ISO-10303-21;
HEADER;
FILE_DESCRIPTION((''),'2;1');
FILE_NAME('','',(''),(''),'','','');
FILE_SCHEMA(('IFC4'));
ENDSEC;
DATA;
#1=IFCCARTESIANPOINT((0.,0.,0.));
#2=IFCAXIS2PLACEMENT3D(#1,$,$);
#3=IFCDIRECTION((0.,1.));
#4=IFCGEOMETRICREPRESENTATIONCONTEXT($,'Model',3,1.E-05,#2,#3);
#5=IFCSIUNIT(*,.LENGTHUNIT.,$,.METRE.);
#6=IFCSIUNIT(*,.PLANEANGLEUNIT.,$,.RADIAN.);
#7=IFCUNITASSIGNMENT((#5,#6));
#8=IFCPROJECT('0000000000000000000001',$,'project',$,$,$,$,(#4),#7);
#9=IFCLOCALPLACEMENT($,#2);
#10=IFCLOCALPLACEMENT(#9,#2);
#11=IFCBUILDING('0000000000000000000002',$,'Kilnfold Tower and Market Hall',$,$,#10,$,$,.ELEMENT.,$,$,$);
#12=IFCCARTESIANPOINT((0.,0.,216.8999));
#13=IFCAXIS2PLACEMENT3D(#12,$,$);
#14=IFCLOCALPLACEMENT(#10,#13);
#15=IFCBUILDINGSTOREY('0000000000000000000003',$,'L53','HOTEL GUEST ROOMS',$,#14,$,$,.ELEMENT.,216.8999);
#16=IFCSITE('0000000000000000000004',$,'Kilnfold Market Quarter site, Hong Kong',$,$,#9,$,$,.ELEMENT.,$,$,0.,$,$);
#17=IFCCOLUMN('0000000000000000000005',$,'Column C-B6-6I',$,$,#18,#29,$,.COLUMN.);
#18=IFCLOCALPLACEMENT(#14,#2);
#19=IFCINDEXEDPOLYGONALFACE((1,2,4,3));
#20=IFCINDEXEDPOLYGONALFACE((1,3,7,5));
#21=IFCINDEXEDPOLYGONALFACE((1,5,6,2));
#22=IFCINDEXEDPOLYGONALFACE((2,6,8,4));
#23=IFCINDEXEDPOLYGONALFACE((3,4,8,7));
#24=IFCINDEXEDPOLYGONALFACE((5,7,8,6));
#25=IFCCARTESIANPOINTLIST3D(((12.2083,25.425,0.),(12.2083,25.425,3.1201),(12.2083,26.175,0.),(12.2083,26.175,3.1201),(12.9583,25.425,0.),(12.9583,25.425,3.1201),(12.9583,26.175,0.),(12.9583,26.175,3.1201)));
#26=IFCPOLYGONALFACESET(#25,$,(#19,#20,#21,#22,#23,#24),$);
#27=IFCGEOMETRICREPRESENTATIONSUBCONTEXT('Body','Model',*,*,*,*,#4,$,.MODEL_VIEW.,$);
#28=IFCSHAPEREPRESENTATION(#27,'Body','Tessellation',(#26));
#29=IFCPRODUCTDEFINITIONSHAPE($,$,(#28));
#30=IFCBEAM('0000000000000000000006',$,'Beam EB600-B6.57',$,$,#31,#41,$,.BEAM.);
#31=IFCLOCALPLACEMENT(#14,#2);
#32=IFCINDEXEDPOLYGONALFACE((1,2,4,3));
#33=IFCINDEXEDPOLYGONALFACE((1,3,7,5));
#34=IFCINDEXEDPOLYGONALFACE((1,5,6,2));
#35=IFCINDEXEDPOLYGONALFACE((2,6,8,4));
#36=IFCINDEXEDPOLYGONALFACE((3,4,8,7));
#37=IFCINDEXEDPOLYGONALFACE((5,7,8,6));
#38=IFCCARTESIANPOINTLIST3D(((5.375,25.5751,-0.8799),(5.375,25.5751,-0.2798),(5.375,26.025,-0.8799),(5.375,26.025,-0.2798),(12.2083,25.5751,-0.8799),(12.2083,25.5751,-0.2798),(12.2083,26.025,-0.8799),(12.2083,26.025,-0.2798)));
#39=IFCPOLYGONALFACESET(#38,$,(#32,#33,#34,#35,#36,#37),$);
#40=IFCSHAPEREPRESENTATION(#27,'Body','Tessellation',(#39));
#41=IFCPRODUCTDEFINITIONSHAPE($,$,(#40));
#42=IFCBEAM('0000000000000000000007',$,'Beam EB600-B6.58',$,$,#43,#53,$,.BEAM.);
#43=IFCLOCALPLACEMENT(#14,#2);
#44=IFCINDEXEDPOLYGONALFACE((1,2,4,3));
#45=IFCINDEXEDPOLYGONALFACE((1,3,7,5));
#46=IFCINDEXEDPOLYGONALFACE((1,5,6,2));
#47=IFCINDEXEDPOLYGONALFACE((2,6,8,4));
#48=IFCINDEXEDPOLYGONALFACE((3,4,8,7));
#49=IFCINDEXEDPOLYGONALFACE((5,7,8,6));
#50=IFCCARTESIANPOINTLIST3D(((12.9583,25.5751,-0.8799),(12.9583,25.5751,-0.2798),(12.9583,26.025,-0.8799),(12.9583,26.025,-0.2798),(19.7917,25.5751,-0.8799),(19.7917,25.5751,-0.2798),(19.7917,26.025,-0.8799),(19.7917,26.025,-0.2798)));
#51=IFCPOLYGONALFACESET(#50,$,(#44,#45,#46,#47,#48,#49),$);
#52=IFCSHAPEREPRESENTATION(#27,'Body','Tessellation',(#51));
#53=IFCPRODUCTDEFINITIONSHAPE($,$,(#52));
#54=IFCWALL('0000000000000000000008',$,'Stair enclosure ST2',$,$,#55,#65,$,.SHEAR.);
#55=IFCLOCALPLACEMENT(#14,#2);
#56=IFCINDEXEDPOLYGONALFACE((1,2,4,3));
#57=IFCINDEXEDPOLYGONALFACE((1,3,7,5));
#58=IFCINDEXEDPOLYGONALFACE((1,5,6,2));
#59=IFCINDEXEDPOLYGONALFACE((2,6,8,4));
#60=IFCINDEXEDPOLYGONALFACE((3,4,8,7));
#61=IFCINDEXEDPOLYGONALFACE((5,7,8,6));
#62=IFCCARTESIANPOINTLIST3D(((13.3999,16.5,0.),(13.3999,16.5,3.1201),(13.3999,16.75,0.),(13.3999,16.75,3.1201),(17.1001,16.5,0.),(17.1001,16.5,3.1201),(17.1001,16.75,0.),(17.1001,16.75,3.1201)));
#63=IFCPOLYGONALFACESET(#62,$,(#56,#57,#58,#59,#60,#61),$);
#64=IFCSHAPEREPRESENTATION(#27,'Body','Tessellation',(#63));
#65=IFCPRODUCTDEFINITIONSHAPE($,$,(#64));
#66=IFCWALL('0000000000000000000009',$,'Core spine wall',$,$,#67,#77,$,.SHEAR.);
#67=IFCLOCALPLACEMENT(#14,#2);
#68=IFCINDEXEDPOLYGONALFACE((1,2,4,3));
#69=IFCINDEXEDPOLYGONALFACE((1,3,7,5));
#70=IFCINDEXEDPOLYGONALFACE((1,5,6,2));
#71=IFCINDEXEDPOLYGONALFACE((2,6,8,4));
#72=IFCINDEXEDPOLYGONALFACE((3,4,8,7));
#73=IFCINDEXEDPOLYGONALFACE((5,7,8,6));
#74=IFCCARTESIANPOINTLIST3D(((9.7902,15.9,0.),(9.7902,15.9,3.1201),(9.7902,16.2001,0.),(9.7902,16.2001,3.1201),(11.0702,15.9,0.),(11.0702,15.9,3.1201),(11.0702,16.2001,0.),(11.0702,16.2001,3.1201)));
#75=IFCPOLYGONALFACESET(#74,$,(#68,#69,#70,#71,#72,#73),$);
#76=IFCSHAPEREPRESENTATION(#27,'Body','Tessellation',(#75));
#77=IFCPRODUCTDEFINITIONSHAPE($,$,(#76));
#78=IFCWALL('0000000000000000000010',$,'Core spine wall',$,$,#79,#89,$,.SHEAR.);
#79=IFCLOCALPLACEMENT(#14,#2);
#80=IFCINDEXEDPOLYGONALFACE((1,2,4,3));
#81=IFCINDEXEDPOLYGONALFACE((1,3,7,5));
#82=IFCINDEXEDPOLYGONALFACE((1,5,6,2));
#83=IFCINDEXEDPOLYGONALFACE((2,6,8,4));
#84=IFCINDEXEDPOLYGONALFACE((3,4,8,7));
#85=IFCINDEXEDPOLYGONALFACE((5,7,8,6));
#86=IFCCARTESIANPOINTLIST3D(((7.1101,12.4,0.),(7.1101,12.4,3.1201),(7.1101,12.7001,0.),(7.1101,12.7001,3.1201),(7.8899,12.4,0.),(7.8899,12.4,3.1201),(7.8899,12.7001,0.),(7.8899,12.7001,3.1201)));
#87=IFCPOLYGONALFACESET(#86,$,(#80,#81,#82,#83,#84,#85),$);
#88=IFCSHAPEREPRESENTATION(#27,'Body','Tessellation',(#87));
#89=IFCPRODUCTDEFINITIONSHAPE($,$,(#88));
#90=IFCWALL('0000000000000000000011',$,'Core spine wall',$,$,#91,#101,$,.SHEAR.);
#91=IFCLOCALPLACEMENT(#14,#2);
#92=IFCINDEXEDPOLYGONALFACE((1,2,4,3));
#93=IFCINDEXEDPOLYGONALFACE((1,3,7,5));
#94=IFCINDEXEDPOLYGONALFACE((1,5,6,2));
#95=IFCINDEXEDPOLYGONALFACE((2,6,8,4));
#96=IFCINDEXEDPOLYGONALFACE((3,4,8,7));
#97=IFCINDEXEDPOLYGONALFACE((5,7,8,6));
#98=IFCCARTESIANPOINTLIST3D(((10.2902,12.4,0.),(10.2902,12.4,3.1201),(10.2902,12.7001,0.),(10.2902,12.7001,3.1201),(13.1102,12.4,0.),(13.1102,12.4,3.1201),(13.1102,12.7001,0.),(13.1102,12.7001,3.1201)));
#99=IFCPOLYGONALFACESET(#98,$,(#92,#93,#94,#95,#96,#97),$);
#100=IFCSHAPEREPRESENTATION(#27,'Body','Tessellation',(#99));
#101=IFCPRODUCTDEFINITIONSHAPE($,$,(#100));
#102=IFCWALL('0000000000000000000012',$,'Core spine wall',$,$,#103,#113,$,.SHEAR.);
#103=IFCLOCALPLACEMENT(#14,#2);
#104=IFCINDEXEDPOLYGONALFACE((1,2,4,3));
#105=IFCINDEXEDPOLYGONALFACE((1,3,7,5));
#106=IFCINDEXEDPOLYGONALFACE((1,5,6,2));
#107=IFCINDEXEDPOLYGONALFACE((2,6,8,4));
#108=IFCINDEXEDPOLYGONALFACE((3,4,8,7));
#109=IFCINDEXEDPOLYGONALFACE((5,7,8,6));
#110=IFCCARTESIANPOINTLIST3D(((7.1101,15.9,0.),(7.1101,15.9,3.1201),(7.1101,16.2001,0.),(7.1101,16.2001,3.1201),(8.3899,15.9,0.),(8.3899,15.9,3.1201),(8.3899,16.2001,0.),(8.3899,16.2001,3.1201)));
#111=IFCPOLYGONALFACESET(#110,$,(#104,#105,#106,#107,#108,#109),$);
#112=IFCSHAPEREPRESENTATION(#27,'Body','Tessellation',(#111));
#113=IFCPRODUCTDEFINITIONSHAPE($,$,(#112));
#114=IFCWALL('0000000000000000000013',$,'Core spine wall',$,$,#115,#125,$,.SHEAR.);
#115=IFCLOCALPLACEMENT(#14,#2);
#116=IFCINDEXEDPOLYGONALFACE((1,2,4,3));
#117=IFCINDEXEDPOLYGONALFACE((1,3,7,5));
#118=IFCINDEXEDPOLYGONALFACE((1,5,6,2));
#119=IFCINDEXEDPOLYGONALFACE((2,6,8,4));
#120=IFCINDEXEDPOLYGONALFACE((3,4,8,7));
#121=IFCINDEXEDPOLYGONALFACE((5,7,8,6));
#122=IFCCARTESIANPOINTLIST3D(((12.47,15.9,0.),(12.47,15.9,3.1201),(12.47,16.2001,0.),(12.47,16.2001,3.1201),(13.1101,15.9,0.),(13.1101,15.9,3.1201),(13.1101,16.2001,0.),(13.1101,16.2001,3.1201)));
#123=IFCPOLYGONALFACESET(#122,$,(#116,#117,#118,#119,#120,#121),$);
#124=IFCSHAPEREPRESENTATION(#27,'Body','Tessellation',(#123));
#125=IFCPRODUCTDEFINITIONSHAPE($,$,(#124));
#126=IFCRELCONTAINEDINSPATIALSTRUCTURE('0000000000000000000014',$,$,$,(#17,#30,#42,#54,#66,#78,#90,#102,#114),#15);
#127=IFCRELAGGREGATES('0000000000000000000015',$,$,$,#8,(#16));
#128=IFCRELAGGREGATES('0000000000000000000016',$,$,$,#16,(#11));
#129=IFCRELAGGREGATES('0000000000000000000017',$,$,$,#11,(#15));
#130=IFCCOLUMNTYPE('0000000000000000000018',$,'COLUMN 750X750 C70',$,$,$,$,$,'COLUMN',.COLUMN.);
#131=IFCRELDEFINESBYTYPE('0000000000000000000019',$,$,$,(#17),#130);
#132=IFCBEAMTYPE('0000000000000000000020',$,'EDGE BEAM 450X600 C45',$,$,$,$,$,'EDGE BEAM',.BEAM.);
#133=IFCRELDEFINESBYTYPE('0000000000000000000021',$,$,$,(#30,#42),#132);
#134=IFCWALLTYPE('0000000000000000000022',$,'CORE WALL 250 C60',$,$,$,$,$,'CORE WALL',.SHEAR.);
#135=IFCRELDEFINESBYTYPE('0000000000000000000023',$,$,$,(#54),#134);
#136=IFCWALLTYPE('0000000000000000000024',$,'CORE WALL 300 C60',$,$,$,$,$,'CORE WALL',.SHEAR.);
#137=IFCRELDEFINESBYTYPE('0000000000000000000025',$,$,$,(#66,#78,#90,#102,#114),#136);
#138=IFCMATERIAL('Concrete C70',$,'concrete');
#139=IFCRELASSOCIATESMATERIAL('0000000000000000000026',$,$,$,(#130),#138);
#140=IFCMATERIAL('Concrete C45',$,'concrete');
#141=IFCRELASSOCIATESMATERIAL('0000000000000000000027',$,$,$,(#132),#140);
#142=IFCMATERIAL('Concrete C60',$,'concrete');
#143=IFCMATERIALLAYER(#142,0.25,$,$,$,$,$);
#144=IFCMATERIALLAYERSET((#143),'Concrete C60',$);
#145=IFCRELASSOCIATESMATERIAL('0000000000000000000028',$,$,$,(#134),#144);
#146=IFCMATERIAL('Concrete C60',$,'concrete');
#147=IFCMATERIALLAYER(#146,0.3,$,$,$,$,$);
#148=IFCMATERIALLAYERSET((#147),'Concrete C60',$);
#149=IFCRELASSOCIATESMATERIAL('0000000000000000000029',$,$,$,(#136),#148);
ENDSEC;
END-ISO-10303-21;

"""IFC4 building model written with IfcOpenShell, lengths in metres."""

from ifc_helpers import new_model, si_unit, direction, frame, frame_2d, origin, origin_2d, place, context, subcontext, project, spatial, rectangle, extrude, source, transform, mapped, material, layer, layer_set, material_profile, profile_set, type_object, element, save


model = new_model("IFC4")

# Units and contexts
model_context = context("Model", 3, precision=1e-05, world=origin(), true_north=direction((0.0, 1.0)))
body_context = subcontext(model_context, "Body", "Model", "MODEL_VIEW")
ifc_project = project(units=[si_unit("LENGTHUNIT", "METRE"), si_unit("PLANEANGLEUNIT", "RADIAN")], contexts=[model_context])

# Site, building, storey
site_placement = place(None, origin())
site = spatial("IfcSite", under=ifc_project, at=site_placement, Name="Kilnfold Market Quarter site, Hong Kong", CompositionType="ELEMENT", RefElevation=0.0)
building_placement = place(site_placement, origin())
building = spatial("IfcBuilding", under=site, at=building_placement, Name="Kilnfold Tower and Market Hall", CompositionType="ELEMENT")
storey_placement = place(building_placement, frame((0.0, 0.0, 216.8999)))
storey = spatial("IfcBuildingStorey", under=building, at=storey_placement, Name="L53", Description="HOTEL GUEST ROOMS", CompositionType="ELEMENT", Elevation=216.8999)

# Column
ifc_material_1 = material(Name="Concrete C70", Category="concrete")
ifc_material_profile_1 = material_profile(ifc_material_1, rectangle(XDim=0.75, YDim=0.75, at=origin_2d()), Name="RC 750x750")
ifc_profile_set_1 = profile_set([ifc_material_profile_1], Name="Concrete C70")
column_type = type_object("IfcColumnType", Name="COLUMN 750X750 C70", ElementType="COLUMN", PredefinedType="COLUMN", material=ifc_profile_set_1)
shared_shape_1 = source(origin(), body_context, "Body", "SweptSolid", [
    extrude(rectangle(XDim=0.75, YDim=0.75, at=origin_2d()), origin(), (0.0, 0.0, 1.0), 3.1201),
])
column_placement = place(storey_placement, frame((12.5833, 25.8, 0.0), z_axis=(0.0, 0.0, 1.0), x_axis=(1.0, 0.0, 0.0)))
element("IfcColumn", 1, at=column_placement, inside=storey, type_object=column_type, Name="Column C-B6-6I", PredefinedType="COLUMN", context=body_context, shape_type="MappedRepresentation", body=[
    mapped(shared_shape_1, transform((0.0, 0.0, 0.0))),
])

# Beams
ifc_material_2 = material(Name="Concrete C45", Category="concrete")
ifc_material_profile_2 = material_profile(ifc_material_2, rectangle(XDim=0.45, YDim=0.6001, at=origin_2d()), Name="RC 450x600")
ifc_profile_set_2 = profile_set([ifc_material_profile_2], Name="Concrete C45")
beam_type = type_object("IfcBeamType", Name="EDGE BEAM 450X600 C45", ElementType="EDGE BEAM", PredefinedType="BEAM", material=ifc_profile_set_2)
shared_shape_2 = source(origin(), body_context, "Body", "SweptSolid", [
    extrude(rectangle(XDim=0.45, YDim=0.6001, at=origin_2d()), origin(), (0.0, 0.0, 1.0), 6.8333),
])
beam_1_placement = place(storey_placement, frame((5.375, 25.8, -0.5798), z_axis=(1.0, 0.0, 0.0), x_axis=(0.0, 1.0, 0.0)))
element("IfcBeam", 2, at=beam_1_placement, inside=storey, type_object=beam_type, Name="Beam EB600-B6.57", PredefinedType="BEAM", context=body_context, shape_type="MappedRepresentation", body=[
    mapped(shared_shape_2, transform((0.0, 0.0, 0.0))),
])
shared_shape_3 = source(origin(), body_context, "Body", "SweptSolid", [
    extrude(rectangle(XDim=0.45, YDim=0.6001, at=origin_2d()), origin(), (0.0, 0.0, 1.0), 6.8335),
])
beam_2_placement = place(storey_placement, frame((12.9583, 25.8, -0.5798), z_axis=(1.0, 0.0, 0.0), x_axis=(0.0, 1.0, 0.0)))
element("IfcBeam", 3, at=beam_2_placement, inside=storey, type_object=beam_type, Name="Beam EB600-B6.58", PredefinedType="BEAM", context=body_context, shape_type="MappedRepresentation", body=[
    mapped(shared_shape_3, transform((0.0, 0.0, 0.0))),
])

# Walls
ifc_material_3 = material(Name="Concrete C60", Category="concrete")
ifc_layer_1 = layer(ifc_material_3, 0.25)
ifc_layer_set_1 = layer_set([ifc_layer_1], Name="Concrete C60")
wall_type_1 = type_object("IfcWallType", Name="CORE WALL 250 C60", ElementType="CORE WALL", PredefinedType="SHEAR", material=ifc_layer_set_1)
shared_shape_4 = source(origin(), body_context, "Body", "SweptSolid", [
    extrude(rectangle(XDim=3.7002, YDim=0.25, at=frame_2d((1.8501, 0.0))), origin(), (0.0, 0.0, 1.0), 3.1201),
])
wall_1_placement = place(storey_placement, frame((13.3999, 16.625, 0.0), z_axis=(0.0, 0.0, 1.0), x_axis=(1.0, 0.0, 0.0)))
element("IfcWall", 4, at=wall_1_placement, inside=storey, type_object=wall_type_1, Name="Stair enclosure ST2", PredefinedType="SHEAR", context=body_context, shape_type="MappedRepresentation", body=[
    mapped(shared_shape_4, transform((0.0, 0.0, 0.0))),
])
ifc_material_4 = material(Name="Concrete C60", Category="concrete")
ifc_layer_2 = layer(ifc_material_4, 0.3)
ifc_layer_set_2 = layer_set([ifc_layer_2], Name="Concrete C60")
wall_type_2 = type_object("IfcWallType", Name="CORE WALL 300 C60", ElementType="CORE WALL", PredefinedType="SHEAR", material=ifc_layer_set_2)
shared_shape_5 = source(origin(), body_context, "Body", "SweptSolid", [
    extrude(rectangle(XDim=1.28, YDim=0.3, at=frame_2d((0.6401, 0.0))), origin(), (0.0, 0.0, 1.0), 3.1201),
])
wall_2_placement = place(storey_placement, frame((9.79, 16.05, 0.0), z_axis=(0.0, 0.0, 1.0), x_axis=(1.0, 0.0, 0.0)))
element("IfcWall", 5, at=wall_2_placement, inside=storey, type_object=wall_type_2, Name="Core spine wall", PredefinedType="SHEAR", context=body_context, shape_type="MappedRepresentation", body=[
    mapped(shared_shape_5, transform((0.0, 0.0, 0.0))),
])
shared_shape_6 = source(origin(), body_context, "Body", "SweptSolid", [
    extrude(rectangle(XDim=0.7798, YDim=0.3, at=frame_2d((0.3899, 0.0))), origin(), (0.0, 0.0, 1.0), 3.1201),
])
wall_3_placement = place(storey_placement, frame((7.1101, 12.55, 0.0), z_axis=(0.0, 0.0, 1.0), x_axis=(1.0, 0.0, 0.0)))
element("IfcWall", 6, at=wall_3_placement, inside=storey, type_object=wall_type_2, Name="Core spine wall", PredefinedType="SHEAR", context=body_context, shape_type="MappedRepresentation", body=[
    mapped(shared_shape_6, transform((0.0, 0.0, 0.0))),
])
shared_shape_7 = source(origin(), body_context, "Body", "SweptSolid", [
    extrude(rectangle(XDim=2.8201, YDim=0.3, at=frame_2d((1.4102, 0.0))), origin(), (0.0, 0.0, 1.0), 3.1201),
])
wall_4_placement = place(storey_placement, frame((10.29, 12.55, 0.0), z_axis=(0.0, 0.0, 1.0), x_axis=(1.0, 0.0, 0.0)))
element("IfcWall", 7, at=wall_4_placement, inside=storey, type_object=wall_type_2, Name="Core spine wall", PredefinedType="SHEAR", context=body_context, shape_type="MappedRepresentation", body=[
    mapped(shared_shape_7, transform((0.0, 0.0, 0.0))),
])
shared_shape_8 = source(origin(), body_context, "Body", "SweptSolid", [
    extrude(rectangle(XDim=1.2798, YDim=0.3, at=frame_2d((0.6399, 0.0))), origin(), (0.0, 0.0, 1.0), 3.1201),
])
wall_5_placement = place(storey_placement, frame((7.1101, 16.05, 0.0), z_axis=(0.0, 0.0, 1.0), x_axis=(1.0, 0.0, 0.0)))
element("IfcWall", 8, at=wall_5_placement, inside=storey, type_object=wall_type_2, Name="Core spine wall", PredefinedType="SHEAR", context=body_context, shape_type="MappedRepresentation", body=[
    mapped(shared_shape_8, transform((0.0, 0.0, 0.0))),
])
shared_shape_9 = source(origin(), body_context, "Body", "SweptSolid", [
    extrude(rectangle(XDim=0.6401, YDim=0.3, at=frame_2d((0.3201, 0.0))), origin(), (0.0, 0.0, 1.0), 3.1201),
])
wall_6_placement = place(storey_placement, frame((12.47, 16.05, 0.0), z_axis=(0.0, 0.0, 1.0), x_axis=(1.0, 0.0, 0.0)))
element("IfcWall", 9, at=wall_6_placement, inside=storey, type_object=wall_type_2, Name="Core spine wall", PredefinedType="SHEAR", context=body_context, shape_type="MappedRepresentation", body=[
    mapped(shared_shape_9, transform((0.0, 0.0, 0.0))),
])

save(model, "model.ifc")
